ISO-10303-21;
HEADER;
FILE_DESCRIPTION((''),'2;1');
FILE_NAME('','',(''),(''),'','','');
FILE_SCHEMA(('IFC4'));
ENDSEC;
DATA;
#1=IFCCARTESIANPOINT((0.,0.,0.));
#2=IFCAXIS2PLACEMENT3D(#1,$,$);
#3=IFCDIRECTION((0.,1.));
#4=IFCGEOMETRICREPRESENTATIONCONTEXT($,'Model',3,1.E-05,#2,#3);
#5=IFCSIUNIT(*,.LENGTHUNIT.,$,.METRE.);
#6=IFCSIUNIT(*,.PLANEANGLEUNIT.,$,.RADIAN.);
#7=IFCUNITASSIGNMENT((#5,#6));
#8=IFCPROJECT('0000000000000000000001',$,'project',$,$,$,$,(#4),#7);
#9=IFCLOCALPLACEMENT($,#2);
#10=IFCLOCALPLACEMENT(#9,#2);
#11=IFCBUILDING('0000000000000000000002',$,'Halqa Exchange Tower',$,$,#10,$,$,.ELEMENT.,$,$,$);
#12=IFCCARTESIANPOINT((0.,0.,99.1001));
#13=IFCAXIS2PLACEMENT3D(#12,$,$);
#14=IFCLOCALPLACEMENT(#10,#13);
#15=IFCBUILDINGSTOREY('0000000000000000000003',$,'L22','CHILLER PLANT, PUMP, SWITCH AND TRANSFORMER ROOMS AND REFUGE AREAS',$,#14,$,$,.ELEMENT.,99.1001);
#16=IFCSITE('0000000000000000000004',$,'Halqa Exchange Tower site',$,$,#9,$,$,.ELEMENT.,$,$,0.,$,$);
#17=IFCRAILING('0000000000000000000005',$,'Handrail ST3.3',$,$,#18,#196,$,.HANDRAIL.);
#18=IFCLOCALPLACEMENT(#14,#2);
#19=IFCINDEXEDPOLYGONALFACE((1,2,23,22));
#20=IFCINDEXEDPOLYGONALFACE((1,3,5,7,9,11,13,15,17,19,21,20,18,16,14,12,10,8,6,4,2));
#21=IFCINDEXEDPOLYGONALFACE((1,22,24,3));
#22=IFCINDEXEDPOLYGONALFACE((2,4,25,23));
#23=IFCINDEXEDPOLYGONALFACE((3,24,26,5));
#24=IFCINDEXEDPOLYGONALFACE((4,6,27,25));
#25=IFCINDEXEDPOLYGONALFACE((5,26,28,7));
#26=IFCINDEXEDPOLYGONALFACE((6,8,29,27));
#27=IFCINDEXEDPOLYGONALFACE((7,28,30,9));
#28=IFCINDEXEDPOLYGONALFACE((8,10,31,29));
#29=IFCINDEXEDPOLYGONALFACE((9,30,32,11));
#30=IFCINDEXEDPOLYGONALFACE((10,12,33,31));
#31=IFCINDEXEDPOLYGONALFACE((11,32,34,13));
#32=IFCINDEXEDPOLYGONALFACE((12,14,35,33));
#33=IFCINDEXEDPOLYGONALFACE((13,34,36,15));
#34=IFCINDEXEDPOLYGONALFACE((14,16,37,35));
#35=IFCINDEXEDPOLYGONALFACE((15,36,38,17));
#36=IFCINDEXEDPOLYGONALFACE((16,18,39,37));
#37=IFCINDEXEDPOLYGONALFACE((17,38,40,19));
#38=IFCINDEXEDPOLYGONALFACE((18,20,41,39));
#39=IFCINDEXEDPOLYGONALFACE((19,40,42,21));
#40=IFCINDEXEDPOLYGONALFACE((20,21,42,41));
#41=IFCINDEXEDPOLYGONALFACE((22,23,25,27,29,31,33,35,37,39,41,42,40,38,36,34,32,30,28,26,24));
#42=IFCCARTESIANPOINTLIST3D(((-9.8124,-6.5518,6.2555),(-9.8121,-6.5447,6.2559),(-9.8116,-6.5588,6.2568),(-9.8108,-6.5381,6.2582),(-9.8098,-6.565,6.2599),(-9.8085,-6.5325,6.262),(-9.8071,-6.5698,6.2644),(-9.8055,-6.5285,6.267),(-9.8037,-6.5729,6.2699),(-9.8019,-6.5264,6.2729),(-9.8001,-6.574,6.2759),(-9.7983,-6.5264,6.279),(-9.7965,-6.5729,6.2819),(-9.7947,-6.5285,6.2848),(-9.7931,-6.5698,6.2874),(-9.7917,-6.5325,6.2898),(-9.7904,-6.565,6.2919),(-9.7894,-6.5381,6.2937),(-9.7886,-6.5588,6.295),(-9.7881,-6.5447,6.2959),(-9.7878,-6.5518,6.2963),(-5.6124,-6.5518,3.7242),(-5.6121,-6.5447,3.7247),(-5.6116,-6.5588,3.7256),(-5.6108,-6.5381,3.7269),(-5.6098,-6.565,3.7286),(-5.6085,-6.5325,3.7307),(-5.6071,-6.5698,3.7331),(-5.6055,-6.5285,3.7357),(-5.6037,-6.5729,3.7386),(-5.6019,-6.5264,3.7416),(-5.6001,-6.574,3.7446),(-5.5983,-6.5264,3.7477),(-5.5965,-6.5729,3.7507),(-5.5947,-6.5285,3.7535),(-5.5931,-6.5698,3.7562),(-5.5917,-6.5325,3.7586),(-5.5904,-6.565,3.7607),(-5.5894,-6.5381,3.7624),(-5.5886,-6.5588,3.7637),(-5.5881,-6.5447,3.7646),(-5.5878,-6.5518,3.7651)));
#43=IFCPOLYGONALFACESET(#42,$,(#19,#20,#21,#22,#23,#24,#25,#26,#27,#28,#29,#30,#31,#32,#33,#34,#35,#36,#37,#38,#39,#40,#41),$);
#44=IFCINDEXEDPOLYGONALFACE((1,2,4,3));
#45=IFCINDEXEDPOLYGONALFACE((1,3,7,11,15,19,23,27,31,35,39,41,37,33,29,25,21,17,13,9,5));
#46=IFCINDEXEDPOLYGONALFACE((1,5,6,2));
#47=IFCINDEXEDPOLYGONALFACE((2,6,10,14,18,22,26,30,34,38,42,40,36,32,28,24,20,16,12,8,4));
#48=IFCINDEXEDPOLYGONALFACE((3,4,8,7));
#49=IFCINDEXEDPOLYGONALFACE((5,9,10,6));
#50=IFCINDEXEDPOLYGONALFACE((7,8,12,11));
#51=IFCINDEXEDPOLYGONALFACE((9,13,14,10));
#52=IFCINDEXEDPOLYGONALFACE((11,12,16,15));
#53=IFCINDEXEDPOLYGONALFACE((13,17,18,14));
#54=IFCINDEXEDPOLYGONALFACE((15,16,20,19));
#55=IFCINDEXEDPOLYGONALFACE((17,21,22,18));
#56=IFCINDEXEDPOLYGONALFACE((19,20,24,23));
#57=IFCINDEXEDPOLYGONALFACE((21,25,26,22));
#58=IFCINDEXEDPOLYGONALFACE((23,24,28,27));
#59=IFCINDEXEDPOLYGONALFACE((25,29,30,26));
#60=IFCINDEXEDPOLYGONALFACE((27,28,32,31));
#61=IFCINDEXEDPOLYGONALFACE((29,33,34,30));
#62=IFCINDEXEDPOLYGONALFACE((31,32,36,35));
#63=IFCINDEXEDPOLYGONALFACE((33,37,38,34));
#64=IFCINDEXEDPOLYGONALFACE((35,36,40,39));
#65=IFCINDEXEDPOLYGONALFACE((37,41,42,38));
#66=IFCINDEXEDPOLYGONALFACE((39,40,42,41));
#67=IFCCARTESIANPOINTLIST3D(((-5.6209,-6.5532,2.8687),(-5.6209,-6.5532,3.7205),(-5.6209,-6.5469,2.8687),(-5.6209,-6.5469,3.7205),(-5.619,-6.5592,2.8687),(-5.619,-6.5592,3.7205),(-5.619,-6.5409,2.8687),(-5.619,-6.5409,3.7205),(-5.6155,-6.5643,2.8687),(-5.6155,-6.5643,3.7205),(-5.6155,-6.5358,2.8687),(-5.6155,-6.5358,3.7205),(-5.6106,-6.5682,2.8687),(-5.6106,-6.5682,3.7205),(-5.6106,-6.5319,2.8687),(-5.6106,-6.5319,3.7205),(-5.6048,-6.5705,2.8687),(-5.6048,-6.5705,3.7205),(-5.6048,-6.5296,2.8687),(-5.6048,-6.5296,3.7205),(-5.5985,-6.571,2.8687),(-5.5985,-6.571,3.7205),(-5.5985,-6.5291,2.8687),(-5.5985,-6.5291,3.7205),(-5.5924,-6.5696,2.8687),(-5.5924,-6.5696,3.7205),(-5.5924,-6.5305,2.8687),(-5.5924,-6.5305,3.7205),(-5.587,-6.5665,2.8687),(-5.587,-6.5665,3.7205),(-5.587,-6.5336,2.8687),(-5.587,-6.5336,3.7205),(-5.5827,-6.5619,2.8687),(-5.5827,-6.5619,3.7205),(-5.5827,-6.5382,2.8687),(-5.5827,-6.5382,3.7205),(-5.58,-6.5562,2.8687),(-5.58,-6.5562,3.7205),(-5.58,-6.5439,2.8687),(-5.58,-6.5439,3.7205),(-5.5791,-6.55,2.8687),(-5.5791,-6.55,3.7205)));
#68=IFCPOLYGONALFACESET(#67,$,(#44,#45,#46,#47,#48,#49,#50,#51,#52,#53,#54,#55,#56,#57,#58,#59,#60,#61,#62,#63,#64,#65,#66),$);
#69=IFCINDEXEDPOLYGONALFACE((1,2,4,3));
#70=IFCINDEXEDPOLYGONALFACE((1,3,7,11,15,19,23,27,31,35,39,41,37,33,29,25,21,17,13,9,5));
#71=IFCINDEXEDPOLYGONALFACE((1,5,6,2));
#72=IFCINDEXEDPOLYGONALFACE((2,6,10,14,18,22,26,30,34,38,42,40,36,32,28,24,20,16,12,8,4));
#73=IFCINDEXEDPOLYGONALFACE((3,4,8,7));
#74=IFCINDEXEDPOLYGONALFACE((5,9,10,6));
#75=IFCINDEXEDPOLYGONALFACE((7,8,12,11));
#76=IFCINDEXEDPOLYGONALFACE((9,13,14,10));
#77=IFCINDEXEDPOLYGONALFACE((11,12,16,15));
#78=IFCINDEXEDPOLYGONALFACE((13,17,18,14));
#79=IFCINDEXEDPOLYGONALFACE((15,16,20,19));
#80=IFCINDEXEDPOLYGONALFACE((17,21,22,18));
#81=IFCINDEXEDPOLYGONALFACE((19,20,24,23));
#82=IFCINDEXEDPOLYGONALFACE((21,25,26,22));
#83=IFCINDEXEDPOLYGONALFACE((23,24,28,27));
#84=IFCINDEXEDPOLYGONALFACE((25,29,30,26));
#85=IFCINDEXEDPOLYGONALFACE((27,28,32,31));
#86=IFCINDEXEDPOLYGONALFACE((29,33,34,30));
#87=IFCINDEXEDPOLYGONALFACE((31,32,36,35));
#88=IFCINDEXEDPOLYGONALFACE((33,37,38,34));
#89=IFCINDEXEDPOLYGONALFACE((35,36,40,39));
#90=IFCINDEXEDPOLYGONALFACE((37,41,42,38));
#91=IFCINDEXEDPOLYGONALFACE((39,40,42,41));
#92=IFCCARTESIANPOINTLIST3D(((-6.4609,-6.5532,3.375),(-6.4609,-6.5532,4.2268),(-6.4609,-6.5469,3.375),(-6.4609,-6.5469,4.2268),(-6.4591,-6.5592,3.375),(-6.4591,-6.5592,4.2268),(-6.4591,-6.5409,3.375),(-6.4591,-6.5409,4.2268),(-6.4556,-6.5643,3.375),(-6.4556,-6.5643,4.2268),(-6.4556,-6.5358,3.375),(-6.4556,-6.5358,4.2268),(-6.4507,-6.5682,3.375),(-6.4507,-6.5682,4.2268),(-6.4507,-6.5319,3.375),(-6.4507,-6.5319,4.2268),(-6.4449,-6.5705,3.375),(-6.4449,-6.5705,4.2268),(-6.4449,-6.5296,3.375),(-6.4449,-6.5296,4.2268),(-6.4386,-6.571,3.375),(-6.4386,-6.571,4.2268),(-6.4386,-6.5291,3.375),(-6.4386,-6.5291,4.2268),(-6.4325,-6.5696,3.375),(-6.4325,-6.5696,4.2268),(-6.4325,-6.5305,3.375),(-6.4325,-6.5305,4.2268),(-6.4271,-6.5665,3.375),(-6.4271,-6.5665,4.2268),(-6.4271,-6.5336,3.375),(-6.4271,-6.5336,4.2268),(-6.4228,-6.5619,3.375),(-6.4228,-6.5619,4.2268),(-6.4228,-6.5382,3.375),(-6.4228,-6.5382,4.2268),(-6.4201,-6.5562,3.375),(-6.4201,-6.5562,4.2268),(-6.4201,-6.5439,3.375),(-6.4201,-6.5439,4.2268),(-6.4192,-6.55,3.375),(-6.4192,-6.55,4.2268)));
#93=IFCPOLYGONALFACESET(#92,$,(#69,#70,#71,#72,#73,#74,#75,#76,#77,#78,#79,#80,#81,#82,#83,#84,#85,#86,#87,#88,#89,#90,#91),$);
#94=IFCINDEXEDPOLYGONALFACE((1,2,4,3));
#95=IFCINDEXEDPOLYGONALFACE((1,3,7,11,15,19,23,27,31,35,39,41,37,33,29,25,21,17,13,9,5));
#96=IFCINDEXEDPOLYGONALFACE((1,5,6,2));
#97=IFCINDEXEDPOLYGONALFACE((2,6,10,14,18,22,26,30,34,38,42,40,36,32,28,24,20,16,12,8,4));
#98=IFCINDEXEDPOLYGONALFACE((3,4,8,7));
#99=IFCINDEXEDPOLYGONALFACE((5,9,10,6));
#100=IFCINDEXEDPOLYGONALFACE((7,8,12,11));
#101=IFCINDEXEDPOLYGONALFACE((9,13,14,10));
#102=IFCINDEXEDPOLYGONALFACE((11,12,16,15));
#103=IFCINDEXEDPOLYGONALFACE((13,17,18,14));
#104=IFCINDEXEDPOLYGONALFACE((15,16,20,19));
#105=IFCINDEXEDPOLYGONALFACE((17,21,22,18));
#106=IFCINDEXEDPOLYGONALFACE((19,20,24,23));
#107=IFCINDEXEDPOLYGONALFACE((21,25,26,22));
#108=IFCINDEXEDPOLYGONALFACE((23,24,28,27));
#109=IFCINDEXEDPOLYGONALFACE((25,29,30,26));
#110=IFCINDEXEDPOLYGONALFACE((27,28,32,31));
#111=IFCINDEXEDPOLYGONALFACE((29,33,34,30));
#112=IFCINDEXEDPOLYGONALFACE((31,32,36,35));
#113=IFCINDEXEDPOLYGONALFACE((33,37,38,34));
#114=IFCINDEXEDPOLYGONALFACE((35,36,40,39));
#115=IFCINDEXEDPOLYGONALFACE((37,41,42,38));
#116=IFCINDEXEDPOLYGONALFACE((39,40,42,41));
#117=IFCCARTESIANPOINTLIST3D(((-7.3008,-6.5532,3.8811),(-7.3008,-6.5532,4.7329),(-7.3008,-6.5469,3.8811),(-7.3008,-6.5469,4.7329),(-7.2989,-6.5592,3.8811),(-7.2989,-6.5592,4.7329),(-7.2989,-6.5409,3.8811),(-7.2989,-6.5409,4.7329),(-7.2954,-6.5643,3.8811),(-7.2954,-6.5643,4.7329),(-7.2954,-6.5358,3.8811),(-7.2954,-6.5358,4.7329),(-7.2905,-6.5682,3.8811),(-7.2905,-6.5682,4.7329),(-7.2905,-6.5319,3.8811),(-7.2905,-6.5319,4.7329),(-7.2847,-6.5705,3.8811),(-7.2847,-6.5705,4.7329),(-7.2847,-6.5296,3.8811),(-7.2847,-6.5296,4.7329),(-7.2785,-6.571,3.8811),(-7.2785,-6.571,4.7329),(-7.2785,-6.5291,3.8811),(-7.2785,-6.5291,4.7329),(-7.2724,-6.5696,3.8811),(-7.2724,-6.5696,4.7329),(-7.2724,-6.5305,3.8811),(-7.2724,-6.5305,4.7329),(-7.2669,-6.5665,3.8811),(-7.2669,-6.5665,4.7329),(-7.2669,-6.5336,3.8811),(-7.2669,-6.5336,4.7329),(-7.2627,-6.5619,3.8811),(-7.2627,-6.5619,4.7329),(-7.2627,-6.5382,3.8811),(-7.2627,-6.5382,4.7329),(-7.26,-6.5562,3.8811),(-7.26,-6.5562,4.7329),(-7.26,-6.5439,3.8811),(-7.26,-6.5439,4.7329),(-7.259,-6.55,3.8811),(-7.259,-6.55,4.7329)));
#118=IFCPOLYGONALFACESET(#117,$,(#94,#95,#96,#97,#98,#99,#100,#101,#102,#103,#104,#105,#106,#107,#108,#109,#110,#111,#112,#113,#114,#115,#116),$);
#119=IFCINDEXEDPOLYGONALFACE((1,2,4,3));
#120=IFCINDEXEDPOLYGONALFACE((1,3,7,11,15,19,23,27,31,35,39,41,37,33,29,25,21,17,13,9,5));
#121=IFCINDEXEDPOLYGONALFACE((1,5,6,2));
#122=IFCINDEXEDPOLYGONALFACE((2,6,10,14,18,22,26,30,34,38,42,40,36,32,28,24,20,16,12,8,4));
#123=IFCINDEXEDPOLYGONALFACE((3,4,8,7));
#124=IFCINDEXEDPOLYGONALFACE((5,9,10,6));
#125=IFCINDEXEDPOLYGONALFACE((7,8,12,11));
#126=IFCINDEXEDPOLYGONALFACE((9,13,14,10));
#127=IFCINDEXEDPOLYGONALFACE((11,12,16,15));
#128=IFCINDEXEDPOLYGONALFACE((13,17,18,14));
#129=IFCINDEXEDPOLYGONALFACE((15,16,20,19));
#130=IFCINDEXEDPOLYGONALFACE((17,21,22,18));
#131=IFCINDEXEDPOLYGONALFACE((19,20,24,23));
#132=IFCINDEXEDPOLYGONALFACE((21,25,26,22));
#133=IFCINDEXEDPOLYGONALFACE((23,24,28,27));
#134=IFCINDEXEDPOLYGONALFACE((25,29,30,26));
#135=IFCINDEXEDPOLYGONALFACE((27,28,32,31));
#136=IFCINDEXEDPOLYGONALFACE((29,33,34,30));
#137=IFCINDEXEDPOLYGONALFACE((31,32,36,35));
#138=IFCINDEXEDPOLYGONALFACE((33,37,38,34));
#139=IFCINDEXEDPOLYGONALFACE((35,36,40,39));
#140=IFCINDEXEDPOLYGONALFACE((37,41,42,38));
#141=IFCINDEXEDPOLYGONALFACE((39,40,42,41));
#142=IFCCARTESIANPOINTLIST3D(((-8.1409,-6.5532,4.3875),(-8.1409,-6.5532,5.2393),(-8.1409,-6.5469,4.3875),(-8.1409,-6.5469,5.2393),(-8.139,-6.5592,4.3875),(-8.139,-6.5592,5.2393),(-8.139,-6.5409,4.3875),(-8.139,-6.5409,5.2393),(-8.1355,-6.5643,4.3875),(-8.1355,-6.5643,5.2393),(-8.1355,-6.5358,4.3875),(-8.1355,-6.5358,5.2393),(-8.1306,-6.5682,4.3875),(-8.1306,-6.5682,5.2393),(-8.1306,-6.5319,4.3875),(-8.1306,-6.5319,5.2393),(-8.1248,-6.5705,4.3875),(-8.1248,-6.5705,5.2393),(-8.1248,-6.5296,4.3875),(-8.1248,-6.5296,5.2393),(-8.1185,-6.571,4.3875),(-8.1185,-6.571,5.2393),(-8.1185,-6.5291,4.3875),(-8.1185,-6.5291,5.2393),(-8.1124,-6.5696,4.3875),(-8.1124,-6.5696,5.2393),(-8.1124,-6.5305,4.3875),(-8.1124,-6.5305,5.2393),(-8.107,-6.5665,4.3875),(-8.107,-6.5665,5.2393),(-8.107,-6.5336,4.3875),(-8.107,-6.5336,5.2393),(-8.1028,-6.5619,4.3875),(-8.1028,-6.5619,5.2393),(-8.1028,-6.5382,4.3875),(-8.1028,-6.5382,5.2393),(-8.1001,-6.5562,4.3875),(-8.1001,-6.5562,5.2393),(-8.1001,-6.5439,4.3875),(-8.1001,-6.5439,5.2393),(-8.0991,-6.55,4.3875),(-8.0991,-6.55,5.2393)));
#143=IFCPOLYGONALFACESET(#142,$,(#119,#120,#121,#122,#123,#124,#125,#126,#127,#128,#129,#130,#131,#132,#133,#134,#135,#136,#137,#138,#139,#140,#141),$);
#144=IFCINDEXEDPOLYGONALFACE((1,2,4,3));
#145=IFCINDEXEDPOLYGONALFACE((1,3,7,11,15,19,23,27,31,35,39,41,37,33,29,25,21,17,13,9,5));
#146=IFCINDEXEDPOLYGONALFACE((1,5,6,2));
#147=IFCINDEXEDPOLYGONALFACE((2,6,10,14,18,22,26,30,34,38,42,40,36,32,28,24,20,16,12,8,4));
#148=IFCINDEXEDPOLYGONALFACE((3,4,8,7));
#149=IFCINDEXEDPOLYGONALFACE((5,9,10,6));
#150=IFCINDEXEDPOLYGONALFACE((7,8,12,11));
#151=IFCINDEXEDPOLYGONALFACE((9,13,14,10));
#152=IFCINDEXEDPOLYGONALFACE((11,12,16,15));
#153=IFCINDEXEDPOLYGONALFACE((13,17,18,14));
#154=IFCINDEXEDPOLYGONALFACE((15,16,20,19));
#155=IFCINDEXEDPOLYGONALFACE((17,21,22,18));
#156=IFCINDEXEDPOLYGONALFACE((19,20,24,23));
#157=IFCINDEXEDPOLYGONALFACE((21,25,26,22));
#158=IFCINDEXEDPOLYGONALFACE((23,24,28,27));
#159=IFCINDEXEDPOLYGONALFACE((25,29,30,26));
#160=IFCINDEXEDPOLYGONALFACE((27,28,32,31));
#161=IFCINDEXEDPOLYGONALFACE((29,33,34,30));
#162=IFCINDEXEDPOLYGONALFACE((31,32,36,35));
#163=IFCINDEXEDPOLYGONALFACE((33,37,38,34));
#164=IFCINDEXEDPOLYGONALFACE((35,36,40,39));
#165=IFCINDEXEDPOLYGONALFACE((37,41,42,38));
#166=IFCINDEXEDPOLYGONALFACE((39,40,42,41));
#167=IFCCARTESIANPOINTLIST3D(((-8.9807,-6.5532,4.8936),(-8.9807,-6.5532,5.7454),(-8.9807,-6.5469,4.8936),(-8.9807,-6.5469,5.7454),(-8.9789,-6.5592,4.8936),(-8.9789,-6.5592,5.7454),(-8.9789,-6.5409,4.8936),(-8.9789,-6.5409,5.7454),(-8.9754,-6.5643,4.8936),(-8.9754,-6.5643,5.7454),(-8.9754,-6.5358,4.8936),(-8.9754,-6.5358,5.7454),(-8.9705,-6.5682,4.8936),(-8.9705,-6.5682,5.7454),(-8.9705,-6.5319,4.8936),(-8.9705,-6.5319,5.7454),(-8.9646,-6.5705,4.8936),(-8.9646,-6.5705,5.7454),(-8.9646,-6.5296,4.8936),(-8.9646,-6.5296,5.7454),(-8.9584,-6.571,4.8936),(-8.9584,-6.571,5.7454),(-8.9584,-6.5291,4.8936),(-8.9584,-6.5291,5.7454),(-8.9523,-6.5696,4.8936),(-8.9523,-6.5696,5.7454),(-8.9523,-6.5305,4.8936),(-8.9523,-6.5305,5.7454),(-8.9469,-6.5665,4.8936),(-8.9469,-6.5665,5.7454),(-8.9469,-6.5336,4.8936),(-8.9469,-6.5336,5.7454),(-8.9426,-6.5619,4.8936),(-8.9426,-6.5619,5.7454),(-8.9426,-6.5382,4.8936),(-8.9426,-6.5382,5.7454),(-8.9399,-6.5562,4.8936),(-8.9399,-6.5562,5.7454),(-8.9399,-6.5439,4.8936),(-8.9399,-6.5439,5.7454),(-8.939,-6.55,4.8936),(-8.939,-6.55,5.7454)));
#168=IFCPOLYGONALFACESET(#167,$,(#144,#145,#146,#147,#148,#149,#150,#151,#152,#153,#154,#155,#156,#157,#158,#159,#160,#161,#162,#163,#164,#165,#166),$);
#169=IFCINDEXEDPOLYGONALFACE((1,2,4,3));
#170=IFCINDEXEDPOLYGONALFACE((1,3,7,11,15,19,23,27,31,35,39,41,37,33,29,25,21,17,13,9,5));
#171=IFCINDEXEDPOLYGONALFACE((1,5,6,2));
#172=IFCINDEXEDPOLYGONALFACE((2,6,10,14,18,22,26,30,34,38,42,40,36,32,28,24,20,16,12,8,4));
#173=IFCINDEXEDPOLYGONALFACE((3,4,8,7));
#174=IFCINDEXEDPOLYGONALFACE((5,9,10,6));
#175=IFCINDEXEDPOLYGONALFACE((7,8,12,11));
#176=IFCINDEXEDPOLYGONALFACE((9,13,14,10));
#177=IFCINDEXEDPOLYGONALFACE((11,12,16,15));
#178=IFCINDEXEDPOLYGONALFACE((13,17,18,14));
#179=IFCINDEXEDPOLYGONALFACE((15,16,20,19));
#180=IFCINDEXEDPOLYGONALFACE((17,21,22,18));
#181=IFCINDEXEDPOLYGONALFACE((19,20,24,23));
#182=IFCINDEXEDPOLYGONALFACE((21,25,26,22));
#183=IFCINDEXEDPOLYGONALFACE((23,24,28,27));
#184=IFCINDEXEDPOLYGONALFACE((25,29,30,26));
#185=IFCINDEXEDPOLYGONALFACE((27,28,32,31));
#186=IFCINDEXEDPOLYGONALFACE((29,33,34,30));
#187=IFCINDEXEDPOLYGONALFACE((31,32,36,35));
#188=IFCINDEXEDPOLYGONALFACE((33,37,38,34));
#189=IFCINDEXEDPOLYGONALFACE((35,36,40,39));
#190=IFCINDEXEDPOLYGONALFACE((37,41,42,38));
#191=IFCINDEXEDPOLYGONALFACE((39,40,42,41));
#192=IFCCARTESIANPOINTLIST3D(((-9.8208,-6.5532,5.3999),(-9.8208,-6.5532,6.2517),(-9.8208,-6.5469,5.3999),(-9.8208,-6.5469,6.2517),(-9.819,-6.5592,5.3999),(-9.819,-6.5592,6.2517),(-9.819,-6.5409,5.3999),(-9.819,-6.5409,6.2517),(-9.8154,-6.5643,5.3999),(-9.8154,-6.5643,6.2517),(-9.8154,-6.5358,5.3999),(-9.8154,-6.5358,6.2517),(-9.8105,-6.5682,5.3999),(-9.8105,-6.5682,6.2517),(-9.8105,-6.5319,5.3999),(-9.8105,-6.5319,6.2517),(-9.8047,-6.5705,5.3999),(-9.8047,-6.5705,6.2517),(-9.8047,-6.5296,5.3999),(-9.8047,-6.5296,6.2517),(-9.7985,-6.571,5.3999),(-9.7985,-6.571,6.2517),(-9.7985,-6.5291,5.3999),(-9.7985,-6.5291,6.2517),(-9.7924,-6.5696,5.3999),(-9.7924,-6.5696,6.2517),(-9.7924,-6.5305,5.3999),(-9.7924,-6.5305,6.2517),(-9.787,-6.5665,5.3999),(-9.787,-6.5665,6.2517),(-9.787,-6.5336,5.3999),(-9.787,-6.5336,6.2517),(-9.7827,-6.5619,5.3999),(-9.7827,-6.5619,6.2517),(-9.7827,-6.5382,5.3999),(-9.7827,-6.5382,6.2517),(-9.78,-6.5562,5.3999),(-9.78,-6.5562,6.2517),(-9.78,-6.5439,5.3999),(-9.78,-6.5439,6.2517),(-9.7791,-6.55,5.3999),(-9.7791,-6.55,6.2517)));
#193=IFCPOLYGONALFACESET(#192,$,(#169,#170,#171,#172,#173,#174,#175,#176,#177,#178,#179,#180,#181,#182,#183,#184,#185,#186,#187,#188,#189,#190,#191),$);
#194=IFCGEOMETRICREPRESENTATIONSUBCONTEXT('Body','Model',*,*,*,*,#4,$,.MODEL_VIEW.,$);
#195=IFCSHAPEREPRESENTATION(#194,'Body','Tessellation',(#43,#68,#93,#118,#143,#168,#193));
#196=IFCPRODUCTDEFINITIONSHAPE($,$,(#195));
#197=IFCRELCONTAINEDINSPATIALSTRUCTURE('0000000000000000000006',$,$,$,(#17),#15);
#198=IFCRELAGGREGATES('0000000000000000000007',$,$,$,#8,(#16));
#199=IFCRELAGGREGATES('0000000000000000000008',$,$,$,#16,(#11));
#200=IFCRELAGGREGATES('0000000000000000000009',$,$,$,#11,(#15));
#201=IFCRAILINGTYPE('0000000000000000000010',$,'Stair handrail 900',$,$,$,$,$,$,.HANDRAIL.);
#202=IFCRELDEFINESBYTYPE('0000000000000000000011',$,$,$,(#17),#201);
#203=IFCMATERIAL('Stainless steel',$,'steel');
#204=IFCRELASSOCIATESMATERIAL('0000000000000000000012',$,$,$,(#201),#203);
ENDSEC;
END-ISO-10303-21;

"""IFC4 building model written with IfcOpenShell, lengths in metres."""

from ifc_helpers import new_model, si_unit, direction, frame, origin, origin_2d, place, context, subcontext, project, spatial, circle, extrude, material, type_object, element, save


model = new_model("IFC4")

# Units and contexts
model_context = context("Model", 3, precision=1e-05, world=origin(), true_north=direction((0.0, 1.0)))
body_context = subcontext(model_context, "Body", "Model", "MODEL_VIEW")
ifc_project = project(units=[si_unit("LENGTHUNIT", "METRE"), si_unit("PLANEANGLEUNIT", "RADIAN")], contexts=[model_context])

# Site, building, storey
site_placement = place(None, origin())
site = spatial("IfcSite", under=ifc_project, at=site_placement, Name="Halqa Exchange Tower site", CompositionType="ELEMENT", RefElevation=0.0)
building_placement = place(site_placement, origin())
building = spatial("IfcBuilding", under=site, at=building_placement, Name="Halqa Exchange Tower", CompositionType="ELEMENT")
storey_placement = place(building_placement, frame((0.0, 0.0, 99.1001)))
storey = spatial("IfcBuildingStorey", under=building, at=storey_placement, Name="L22", Description="CHILLER PLANT, PUMP, SWITCH AND TRANSFORMER ROOMS AND REFUGE AREAS", CompositionType="ELEMENT", Elevation=99.1001)

# Railing
ifc_material_1 = material(Name="Stainless steel", Category="steel")
railing_type_1 = type_object("IfcRailingType", Name="Stair handrail 900", PredefinedType="HANDRAIL", material=ifc_material_1)
railing_1_placement = place(storey_placement, frame((-5.6001, -6.55, 2.8687)))
element("IfcRailing", 1, at=railing_1_placement, inside=storey, type_object=railing_type_1, Name="Handrail ST3.3", PredefinedType="HANDRAIL", context=body_context, shape_type="SweptSolid", body=[
    extrude(circle(Radius=0.0239, at=origin_2d()), frame((0.0, 0.0, 0.876), z_axis=(-0.856476, 0.0, 0.516186), x_axis=(0.0, -1.0, 0.0)), (0.0, 0.0, 1.0), 4.9038),
    extrude(circle(Radius=0.021, at=origin_2d()), origin(), (0.0, 0.0, 1.0), 0.8518),
    extrude(circle(Radius=0.021, at=origin_2d()), frame((-0.8401, 0.0, 0.5063)), (0.0, 0.0, 1.0), 0.8518),
    extrude(circle(Radius=0.021, at=origin_2d()), frame((-1.6799, 0.0, 1.0125)), (0.0, 0.0, 1.0), 0.8518),
    extrude(circle(Radius=0.021, at=origin_2d()), frame((-2.52, 0.0, 1.5188)), (0.0, 0.0, 1.0), 0.8518),
    extrude(circle(Radius=0.021, at=origin_2d()), frame((-3.3599, 0.0, 2.0249)), (0.0, 0.0, 1.0), 0.8518),
    extrude(circle(Radius=0.021, at=origin_2d()), frame((-4.2, 0.0, 2.5312)), (0.0, 0.0, 1.0), 0.8518),
])

save(model, "model.ifc")
